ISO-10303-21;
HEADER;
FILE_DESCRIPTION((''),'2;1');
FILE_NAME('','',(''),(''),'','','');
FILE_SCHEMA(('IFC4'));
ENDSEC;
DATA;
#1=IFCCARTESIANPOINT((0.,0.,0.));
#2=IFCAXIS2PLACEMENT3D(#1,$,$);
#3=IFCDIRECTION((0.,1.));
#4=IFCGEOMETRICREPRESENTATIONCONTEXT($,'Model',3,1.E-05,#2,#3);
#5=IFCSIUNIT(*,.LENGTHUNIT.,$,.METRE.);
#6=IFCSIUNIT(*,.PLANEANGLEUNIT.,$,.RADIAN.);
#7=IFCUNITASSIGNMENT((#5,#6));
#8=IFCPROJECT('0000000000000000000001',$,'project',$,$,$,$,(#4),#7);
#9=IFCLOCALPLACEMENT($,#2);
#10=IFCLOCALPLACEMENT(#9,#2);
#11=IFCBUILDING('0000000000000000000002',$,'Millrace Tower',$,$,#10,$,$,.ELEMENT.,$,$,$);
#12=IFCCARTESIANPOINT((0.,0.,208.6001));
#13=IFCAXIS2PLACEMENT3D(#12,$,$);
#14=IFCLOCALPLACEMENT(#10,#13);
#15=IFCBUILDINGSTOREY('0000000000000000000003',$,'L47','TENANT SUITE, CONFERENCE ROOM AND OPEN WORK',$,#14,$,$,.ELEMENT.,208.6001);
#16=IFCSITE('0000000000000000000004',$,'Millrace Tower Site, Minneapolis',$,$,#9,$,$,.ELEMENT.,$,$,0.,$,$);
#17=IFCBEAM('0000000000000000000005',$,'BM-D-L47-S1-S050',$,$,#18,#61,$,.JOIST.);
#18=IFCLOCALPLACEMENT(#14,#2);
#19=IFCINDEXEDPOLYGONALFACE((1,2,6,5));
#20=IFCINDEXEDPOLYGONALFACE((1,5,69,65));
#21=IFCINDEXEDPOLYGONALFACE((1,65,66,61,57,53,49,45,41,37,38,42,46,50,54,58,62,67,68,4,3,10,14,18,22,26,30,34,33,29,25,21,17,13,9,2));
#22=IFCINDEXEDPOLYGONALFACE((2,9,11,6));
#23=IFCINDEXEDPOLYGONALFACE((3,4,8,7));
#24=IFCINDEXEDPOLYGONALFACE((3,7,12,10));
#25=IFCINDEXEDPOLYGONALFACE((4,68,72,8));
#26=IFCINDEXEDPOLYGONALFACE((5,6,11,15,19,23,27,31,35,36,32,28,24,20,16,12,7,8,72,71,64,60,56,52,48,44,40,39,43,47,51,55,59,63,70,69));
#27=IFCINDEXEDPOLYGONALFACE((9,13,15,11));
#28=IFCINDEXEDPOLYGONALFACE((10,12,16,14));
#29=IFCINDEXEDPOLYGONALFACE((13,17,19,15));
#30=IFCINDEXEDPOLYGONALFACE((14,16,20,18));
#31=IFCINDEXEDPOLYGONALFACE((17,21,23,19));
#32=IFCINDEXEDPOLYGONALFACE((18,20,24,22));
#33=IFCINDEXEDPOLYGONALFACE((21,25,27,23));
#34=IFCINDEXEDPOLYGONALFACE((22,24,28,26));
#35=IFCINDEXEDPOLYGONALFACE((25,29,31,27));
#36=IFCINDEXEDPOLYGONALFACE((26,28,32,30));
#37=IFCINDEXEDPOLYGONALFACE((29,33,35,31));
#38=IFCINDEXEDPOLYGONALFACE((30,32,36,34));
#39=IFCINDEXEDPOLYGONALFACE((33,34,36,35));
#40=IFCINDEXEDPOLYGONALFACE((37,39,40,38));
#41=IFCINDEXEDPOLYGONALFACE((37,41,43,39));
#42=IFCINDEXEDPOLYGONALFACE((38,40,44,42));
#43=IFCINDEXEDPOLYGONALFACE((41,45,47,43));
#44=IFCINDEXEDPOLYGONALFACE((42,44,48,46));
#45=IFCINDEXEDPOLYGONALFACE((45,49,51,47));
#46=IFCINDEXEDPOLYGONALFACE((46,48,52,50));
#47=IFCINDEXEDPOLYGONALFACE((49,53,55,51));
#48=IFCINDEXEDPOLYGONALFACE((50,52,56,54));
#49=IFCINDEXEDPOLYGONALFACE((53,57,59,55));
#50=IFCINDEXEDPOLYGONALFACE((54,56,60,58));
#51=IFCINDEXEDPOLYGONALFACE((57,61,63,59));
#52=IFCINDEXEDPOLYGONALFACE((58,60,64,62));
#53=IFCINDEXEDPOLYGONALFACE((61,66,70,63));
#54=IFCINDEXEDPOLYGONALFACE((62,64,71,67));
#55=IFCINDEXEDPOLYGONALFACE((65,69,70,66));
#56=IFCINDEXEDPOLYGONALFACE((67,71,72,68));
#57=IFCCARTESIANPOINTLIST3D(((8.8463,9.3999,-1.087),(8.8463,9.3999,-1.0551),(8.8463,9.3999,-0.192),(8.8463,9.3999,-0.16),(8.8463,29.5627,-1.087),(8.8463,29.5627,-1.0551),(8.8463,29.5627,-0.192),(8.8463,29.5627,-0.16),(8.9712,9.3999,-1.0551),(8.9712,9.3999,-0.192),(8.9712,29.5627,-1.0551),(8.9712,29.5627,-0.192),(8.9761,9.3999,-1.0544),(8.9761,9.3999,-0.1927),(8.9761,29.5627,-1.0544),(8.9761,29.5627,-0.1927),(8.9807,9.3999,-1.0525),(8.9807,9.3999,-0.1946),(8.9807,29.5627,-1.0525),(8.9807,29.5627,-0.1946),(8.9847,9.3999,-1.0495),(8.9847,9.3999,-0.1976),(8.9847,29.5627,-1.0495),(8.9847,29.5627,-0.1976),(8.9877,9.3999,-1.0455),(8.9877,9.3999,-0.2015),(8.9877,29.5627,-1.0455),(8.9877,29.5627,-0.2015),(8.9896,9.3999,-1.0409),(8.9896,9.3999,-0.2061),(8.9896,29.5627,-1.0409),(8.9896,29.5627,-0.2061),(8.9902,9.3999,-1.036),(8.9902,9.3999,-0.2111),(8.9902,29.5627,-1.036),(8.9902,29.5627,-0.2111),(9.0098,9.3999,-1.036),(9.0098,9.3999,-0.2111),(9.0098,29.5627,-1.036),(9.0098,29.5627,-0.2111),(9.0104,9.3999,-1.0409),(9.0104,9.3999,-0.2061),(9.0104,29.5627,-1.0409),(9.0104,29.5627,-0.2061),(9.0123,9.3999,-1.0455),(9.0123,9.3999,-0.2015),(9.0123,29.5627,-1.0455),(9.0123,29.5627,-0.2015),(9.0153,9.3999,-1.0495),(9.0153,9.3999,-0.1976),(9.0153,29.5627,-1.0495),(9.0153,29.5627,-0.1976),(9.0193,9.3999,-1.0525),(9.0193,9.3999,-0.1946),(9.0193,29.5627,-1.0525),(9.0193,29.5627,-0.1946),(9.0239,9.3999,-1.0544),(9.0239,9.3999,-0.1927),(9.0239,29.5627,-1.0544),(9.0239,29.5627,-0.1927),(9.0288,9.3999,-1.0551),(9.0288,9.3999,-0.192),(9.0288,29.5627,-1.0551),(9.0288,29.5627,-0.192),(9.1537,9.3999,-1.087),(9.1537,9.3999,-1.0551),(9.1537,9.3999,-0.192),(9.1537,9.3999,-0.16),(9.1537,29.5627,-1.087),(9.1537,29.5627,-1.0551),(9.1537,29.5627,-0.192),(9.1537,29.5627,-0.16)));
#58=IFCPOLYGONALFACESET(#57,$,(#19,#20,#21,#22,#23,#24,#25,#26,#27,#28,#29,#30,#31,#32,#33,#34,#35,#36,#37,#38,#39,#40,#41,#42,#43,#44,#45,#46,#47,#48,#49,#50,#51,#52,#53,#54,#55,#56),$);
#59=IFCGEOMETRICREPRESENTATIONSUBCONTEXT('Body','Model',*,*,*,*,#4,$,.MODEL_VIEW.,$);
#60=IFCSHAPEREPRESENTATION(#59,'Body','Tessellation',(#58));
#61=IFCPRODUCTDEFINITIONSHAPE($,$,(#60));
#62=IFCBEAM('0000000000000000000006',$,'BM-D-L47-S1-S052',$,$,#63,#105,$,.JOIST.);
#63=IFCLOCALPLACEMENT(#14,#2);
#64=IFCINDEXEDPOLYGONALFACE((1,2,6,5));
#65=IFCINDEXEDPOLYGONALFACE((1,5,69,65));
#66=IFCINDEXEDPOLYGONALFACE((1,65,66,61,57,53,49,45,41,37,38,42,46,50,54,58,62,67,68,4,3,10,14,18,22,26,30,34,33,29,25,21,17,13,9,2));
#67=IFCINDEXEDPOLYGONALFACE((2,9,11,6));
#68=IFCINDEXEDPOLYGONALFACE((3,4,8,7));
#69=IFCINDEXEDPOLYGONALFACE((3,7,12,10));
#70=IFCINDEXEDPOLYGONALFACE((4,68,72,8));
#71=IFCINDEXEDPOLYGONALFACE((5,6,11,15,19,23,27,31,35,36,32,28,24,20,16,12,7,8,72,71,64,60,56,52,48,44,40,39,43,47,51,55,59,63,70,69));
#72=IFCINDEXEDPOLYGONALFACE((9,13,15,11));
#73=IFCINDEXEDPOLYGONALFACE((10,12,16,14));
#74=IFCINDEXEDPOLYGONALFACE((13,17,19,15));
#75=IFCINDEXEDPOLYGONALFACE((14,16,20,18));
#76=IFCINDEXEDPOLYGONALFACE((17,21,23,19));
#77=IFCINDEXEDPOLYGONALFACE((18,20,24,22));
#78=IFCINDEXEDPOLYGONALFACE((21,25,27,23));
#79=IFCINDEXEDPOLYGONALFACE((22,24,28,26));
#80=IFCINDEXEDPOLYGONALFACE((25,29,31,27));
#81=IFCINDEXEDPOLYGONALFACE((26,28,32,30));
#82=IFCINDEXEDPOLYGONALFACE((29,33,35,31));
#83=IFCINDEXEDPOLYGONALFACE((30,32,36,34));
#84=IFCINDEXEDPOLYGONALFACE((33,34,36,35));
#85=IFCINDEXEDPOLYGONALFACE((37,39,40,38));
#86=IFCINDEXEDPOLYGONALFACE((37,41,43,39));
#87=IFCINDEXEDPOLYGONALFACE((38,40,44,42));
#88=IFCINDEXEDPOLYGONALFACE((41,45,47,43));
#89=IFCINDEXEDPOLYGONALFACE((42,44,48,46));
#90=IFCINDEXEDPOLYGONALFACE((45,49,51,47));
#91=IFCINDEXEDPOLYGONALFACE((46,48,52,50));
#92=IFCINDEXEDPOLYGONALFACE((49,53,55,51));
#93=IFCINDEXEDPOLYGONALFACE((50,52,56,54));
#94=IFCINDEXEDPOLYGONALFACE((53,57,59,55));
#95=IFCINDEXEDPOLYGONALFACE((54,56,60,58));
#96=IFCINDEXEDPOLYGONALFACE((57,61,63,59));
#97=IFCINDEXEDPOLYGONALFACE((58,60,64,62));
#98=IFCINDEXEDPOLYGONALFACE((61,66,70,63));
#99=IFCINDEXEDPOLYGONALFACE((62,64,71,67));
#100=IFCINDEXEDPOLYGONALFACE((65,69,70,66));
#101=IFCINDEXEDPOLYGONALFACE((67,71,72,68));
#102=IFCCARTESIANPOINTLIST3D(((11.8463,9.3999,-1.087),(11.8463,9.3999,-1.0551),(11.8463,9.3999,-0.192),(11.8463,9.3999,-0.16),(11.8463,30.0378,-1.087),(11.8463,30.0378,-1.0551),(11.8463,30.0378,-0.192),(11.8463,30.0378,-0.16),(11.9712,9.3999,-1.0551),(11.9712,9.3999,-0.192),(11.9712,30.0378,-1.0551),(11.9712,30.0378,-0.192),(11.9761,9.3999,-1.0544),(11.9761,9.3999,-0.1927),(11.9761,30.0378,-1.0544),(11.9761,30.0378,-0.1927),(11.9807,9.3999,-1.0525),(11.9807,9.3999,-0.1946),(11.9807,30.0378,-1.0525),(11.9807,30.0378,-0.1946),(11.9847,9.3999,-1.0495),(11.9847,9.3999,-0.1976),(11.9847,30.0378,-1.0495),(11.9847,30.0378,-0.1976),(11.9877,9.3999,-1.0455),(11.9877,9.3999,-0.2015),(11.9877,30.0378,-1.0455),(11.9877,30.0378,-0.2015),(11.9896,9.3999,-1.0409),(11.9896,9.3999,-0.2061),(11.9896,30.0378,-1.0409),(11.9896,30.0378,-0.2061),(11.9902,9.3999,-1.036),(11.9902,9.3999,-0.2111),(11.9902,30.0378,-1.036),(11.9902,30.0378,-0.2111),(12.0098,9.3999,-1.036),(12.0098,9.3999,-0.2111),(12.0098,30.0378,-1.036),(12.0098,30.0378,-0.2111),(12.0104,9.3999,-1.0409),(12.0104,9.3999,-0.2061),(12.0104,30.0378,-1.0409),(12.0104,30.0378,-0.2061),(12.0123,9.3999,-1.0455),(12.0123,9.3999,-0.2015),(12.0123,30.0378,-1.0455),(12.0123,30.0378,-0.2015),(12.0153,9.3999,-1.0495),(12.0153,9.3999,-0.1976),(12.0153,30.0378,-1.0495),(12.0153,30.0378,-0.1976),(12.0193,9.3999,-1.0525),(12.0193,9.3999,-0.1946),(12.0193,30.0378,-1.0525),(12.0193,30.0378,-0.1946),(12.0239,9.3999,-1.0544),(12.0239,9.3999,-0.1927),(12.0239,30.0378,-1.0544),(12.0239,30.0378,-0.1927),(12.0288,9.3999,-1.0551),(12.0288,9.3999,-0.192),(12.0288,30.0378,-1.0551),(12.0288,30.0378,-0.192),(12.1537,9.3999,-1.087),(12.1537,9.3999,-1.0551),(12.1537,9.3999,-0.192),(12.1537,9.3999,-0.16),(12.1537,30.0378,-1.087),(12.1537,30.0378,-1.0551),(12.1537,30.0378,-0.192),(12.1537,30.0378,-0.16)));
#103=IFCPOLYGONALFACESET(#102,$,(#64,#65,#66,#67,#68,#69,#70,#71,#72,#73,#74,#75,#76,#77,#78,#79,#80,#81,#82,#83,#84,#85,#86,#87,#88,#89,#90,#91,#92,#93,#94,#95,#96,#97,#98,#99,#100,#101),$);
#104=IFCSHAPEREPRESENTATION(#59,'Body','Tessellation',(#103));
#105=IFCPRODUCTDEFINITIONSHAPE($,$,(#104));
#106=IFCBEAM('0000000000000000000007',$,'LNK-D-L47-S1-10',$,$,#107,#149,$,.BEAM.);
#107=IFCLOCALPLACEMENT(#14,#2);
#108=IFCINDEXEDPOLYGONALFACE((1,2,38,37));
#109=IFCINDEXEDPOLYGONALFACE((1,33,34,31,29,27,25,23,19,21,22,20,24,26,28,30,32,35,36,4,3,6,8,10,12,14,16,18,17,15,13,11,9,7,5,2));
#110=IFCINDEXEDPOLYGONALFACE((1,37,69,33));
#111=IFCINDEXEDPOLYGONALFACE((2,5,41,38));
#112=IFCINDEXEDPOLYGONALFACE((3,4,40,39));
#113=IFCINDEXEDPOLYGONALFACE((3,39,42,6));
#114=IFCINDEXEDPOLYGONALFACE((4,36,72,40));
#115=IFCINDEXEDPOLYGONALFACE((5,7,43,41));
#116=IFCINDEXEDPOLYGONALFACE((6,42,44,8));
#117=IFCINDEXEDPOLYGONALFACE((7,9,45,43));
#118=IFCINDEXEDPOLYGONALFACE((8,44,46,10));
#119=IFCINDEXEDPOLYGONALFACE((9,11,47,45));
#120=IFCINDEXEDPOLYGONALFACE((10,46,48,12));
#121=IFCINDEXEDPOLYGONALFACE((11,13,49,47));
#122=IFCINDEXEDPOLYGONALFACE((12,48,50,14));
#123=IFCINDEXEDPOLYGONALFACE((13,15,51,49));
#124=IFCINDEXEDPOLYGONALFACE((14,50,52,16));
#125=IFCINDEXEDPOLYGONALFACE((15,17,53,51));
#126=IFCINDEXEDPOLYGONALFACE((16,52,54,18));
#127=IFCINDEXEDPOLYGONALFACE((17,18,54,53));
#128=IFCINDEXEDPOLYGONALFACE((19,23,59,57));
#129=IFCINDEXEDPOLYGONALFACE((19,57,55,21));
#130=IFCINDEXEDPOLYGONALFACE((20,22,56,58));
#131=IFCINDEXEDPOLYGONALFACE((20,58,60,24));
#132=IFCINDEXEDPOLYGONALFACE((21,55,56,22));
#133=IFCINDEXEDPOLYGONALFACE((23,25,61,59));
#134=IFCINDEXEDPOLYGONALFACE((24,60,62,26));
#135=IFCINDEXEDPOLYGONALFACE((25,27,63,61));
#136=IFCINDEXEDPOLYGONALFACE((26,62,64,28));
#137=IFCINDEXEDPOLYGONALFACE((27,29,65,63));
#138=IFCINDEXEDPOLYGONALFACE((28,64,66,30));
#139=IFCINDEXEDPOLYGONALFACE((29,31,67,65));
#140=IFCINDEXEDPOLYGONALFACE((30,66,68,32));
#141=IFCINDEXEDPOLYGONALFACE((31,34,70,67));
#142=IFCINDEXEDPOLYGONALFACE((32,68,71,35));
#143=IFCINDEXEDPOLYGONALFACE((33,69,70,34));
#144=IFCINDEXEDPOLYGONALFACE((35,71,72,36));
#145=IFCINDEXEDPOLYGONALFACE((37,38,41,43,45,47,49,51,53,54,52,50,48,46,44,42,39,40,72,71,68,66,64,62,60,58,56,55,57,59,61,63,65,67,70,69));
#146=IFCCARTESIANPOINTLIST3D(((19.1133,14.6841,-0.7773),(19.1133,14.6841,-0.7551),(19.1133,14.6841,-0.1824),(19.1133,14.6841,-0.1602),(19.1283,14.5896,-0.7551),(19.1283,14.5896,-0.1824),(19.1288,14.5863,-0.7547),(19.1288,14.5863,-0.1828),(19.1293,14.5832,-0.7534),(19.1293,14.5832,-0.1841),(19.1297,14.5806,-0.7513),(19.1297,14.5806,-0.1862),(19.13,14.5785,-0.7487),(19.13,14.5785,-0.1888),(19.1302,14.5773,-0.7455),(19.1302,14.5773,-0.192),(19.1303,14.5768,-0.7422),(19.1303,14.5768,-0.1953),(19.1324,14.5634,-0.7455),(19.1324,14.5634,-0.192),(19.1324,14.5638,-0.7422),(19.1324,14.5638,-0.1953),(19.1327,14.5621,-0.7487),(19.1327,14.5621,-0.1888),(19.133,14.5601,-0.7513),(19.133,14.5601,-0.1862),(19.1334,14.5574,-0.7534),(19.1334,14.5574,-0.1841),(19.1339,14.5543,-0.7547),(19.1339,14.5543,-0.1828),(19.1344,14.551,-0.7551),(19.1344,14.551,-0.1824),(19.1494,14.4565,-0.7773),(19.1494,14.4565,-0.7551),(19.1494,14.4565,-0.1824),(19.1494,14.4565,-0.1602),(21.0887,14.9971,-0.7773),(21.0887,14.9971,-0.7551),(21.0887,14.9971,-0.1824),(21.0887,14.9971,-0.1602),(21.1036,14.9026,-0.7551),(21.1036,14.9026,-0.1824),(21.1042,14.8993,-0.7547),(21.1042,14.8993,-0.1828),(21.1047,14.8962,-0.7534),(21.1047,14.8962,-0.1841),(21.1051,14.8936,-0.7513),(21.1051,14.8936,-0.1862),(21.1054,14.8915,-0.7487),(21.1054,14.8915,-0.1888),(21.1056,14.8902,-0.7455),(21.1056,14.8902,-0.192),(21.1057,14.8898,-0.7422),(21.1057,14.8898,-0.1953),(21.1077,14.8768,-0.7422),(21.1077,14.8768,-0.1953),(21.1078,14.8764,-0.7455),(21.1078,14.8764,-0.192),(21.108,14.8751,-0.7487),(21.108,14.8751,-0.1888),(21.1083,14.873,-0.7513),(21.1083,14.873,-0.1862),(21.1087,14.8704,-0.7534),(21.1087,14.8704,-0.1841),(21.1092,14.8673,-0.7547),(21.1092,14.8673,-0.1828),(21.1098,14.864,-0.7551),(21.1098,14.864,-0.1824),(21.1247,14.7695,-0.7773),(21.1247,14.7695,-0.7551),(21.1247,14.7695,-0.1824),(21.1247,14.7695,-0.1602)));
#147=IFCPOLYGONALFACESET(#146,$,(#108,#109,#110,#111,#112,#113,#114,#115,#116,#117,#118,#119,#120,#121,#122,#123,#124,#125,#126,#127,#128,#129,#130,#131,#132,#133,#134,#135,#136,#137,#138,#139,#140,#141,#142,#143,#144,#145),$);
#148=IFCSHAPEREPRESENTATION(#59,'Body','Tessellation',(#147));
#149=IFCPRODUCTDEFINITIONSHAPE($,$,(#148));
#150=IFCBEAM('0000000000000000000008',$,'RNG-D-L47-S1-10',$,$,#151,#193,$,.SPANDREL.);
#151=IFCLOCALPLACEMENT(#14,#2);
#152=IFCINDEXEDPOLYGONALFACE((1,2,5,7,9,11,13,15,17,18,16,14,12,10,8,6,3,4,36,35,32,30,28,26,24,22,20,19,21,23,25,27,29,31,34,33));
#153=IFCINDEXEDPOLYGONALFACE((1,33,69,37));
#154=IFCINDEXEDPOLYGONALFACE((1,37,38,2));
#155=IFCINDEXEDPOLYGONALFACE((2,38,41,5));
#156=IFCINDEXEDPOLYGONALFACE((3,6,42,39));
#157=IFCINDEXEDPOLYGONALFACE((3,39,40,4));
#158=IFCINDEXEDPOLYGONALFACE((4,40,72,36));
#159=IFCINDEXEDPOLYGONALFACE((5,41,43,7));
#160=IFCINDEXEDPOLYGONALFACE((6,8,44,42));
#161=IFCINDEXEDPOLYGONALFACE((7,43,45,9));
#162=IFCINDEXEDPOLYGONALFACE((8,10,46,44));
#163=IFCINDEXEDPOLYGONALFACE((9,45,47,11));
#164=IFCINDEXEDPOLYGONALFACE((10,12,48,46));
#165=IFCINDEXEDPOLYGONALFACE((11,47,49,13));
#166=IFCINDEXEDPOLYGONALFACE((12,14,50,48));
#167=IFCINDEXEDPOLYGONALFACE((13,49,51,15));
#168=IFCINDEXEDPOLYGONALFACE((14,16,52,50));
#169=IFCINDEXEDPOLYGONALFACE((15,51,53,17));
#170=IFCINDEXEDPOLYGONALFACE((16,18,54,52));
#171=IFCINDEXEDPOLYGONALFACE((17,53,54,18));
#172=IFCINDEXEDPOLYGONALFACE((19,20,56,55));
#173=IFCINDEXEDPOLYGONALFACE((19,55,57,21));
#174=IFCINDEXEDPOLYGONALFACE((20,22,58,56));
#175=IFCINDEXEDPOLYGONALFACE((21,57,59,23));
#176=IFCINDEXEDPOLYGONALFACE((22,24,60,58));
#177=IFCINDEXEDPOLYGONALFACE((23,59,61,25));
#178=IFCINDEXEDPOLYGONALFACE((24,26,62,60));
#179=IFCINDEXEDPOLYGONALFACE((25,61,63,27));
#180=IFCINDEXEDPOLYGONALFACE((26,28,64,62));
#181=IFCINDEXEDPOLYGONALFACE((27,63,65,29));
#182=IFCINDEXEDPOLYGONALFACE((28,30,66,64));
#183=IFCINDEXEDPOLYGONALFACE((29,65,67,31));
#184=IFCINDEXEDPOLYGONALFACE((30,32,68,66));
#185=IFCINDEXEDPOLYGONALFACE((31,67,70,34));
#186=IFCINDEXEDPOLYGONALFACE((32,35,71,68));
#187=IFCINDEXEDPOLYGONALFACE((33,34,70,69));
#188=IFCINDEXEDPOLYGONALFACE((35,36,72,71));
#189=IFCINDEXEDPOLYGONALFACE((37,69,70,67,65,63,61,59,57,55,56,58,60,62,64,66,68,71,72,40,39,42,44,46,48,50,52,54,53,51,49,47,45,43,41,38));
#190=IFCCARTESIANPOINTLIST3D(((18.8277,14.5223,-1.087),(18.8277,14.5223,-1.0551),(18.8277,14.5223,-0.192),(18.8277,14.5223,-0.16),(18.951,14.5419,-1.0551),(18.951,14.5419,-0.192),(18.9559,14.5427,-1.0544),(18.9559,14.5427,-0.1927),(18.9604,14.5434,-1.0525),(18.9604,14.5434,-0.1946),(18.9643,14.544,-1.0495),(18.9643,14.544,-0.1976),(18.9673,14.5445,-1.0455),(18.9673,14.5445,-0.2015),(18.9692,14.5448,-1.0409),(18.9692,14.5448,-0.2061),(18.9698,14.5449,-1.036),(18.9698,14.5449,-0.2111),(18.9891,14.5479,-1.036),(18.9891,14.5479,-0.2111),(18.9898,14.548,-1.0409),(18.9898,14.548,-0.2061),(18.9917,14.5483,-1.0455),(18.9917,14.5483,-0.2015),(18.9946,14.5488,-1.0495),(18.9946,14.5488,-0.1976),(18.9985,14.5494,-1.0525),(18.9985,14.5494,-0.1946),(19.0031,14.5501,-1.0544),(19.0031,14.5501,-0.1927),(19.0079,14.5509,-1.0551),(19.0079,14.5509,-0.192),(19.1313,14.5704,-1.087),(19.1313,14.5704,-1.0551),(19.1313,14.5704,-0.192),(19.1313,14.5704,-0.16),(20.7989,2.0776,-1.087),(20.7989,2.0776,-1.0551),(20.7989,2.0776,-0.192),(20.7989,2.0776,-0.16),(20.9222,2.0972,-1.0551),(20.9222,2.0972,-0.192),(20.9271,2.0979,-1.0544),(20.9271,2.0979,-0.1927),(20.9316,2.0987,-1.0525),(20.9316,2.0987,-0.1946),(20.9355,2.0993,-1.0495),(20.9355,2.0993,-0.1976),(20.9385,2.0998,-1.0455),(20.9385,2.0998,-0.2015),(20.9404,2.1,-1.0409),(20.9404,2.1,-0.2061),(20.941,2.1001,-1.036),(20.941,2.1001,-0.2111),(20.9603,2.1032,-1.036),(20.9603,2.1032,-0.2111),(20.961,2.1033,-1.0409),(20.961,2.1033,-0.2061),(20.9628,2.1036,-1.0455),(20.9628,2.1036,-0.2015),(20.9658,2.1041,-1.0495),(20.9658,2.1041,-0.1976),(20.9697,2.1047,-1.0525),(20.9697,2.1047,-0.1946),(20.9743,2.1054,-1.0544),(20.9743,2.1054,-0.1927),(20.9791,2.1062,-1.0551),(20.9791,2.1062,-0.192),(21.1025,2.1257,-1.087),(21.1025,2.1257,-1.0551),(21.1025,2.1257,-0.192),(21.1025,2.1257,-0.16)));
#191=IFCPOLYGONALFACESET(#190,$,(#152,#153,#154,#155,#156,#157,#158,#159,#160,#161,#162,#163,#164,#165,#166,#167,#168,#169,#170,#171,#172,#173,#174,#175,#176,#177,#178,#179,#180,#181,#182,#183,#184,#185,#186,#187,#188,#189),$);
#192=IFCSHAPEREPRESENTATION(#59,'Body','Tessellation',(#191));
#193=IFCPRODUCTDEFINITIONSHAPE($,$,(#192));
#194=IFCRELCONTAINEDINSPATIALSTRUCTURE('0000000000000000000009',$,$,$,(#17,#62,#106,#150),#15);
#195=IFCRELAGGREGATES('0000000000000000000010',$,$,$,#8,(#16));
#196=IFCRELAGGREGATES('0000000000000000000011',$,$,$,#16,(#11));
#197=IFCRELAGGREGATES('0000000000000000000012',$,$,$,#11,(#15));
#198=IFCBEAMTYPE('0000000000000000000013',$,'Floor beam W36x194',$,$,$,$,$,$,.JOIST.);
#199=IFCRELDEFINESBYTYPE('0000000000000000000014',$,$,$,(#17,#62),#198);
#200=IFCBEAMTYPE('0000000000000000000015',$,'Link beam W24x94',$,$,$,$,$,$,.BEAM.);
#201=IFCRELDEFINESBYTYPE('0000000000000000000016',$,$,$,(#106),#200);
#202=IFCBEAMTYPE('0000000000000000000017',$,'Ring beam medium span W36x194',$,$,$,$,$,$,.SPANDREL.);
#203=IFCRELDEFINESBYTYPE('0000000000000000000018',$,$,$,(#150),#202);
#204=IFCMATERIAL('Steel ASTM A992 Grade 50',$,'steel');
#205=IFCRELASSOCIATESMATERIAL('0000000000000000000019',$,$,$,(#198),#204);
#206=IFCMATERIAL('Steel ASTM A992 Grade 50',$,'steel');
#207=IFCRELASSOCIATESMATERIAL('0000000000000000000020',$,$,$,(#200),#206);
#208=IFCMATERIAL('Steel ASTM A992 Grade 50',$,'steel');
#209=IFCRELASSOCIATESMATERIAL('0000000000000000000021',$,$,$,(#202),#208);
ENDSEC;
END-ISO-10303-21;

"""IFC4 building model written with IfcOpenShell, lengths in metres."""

from ifc_helpers import new_model, si_unit, direction, frame, origin, origin_2d, place, context, subcontext, project, spatial, i_section, extrude, material, material_profile, profile_set, type_object, element, save


model = new_model("IFC4")

# Units and contexts
model_context = context("Model", 3, precision=1e-05, world=origin(), true_north=direction((0.0, 1.0)))
body_context = subcontext(model_context, "Body", "Model", "MODEL_VIEW")
ifc_project = project(units=[si_unit("LENGTHUNIT", "METRE"), si_unit("PLANEANGLEUNIT", "RADIAN")], contexts=[model_context])

# Site, building, storey
site_placement = place(None, origin())
site = spatial("IfcSite", under=ifc_project, at=site_placement, Name="Millrace Tower Site, Minneapolis", CompositionType="ELEMENT", RefElevation=0.0)
building_placement = place(site_placement, origin())
building = spatial("IfcBuilding", under=site, at=building_placement, Name="Millrace Tower", CompositionType="ELEMENT")
storey_placement = place(building_placement, frame((0.0, 0.0, 208.6001)))
storey = spatial("IfcBuildingStorey", under=building, at=storey_placement, Name="L47", Description="TENANT SUITE, CONFERENCE ROOM AND OPEN WORK", CompositionType="ELEMENT", Elevation=208.6001)

# Beams
ifc_material_1 = material(Name="Steel ASTM A992 Grade 50", Category="steel")
ifc_material_profile_1 = material_profile(ifc_material_1, i_section(OverallWidth=0.3074, OverallDepth=0.927, WebThickness=0.0195, FlangeThickness=0.032, FilletRadius=0.019, at=origin_2d()))
ifc_profile_set_1 = profile_set([ifc_material_profile_1], Name="Steel ASTM A992 Grade 50")
beam_type_1 = type_object("IfcBeamType", Name="Floor beam W36x194", PredefinedType="JOIST", material=ifc_profile_set_1)
beam_1_placement = place(storey_placement, frame((9.0, 9.3999, -0.6235), z_axis=(0.0, 1.0, 0.0), x_axis=(-1.0, 0.0, 0.0)))
element("IfcBeam", 1, at=beam_1_placement, inside=storey, type_object=beam_type_1, Name="BM-D-L47-S1-S050", PredefinedType="JOIST", context=body_context, shape_type="SweptSolid", body=[
    extrude(i_section(OverallWidth=0.3074, OverallDepth=0.927, WebThickness=0.0195, FlangeThickness=0.032, FilletRadius=0.019, at=origin_2d()), origin(), (0.0, 0.0, 1.0), 20.1628),
])
beam_2_placement = place(storey_placement, frame((12.0, 9.3999, -0.6235), z_axis=(0.0, 1.0, 0.0), x_axis=(-1.0, 0.0, 0.0)))
element("IfcBeam", 2, at=beam_2_placement, inside=storey, type_object=beam_type_1, Name="BM-D-L47-S1-S052", PredefinedType="JOIST", context=body_context, shape_type="SweptSolid", body=[
    extrude(i_section(OverallWidth=0.3074, OverallDepth=0.927, WebThickness=0.0195, FlangeThickness=0.032, FilletRadius=0.019, at=origin_2d()), origin(), (0.0, 0.0, 1.0), 20.6379),
])
ifc_material_2 = material(Name="Steel ASTM A992 Grade 50", Category="steel")
ifc_material_profile_2 = material_profile(ifc_material_2, i_section(OverallWidth=0.2305, OverallDepth=0.6172, WebThickness=0.0132, FlangeThickness=0.0222, FilletRadius=0.0129, at=origin_2d()))
ifc_profile_set_2 = profile_set([ifc_material_profile_2], Name="Steel ASTM A992 Grade 50")
beam_type_2 = type_object("IfcBeamType", Name="Link beam W24x94", PredefinedType="BEAM", material=ifc_profile_set_2)
beam_3_placement = place(storey_placement, frame((19.1313, 14.5703, -0.4688), z_axis=(0.987679, 0.156495, 0.0), x_axis=(-0.156495, 0.987679, 0.0)))
element("IfcBeam", 3, at=beam_3_placement, inside=storey, type_object=beam_type_2, Name="LNK-D-L47-S1-10", PredefinedType="BEAM", context=body_context, shape_type="SweptSolid", body=[
    extrude(i_section(OverallWidth=0.2305, OverallDepth=0.6172, WebThickness=0.0132, FlangeThickness=0.0222, FilletRadius=0.0129, at=origin_2d()), origin(), (0.0, 0.0, 1.0), 2.0),
])
ifc_material_3 = material(Name="Steel ASTM A992 Grade 50", Category="steel")
ifc_material_profile_3 = material_profile(ifc_material_3, i_section(OverallWidth=0.3074, OverallDepth=0.927, WebThickness=0.0195, FlangeThickness=0.032, FilletRadius=0.019, at=origin_2d()))
ifc_profile_set_3 = profile_set([ifc_material_profile_3], Name="Steel ASTM A992 Grade 50")
beam_type_3 = type_object("IfcBeamType", Name="Ring beam medium span W36x194", PredefinedType="SPANDREL", material=ifc_profile_set_3)
beam_4_placement = place(storey_placement, frame((18.9795, 14.5464, -0.6235), z_axis=(0.156444, -0.987687, 0.0), x_axis=(0.987687, 0.156444, 0.0)))
element("IfcBeam", 4, at=beam_4_placement, inside=storey, type_object=beam_type_3, Name="RNG-D-L47-S1-10", PredefinedType="SPANDREL", context=body_context, shape_type="SweptSolid", body=[
    extrude(i_section(OverallWidth=0.3074, OverallDepth=0.927, WebThickness=0.0195, FlangeThickness=0.032, FilletRadius=0.019, at=origin_2d()), origin(), (0.0, 0.0, 1.0), 12.5999),
])

save(model, "model.ifc")
